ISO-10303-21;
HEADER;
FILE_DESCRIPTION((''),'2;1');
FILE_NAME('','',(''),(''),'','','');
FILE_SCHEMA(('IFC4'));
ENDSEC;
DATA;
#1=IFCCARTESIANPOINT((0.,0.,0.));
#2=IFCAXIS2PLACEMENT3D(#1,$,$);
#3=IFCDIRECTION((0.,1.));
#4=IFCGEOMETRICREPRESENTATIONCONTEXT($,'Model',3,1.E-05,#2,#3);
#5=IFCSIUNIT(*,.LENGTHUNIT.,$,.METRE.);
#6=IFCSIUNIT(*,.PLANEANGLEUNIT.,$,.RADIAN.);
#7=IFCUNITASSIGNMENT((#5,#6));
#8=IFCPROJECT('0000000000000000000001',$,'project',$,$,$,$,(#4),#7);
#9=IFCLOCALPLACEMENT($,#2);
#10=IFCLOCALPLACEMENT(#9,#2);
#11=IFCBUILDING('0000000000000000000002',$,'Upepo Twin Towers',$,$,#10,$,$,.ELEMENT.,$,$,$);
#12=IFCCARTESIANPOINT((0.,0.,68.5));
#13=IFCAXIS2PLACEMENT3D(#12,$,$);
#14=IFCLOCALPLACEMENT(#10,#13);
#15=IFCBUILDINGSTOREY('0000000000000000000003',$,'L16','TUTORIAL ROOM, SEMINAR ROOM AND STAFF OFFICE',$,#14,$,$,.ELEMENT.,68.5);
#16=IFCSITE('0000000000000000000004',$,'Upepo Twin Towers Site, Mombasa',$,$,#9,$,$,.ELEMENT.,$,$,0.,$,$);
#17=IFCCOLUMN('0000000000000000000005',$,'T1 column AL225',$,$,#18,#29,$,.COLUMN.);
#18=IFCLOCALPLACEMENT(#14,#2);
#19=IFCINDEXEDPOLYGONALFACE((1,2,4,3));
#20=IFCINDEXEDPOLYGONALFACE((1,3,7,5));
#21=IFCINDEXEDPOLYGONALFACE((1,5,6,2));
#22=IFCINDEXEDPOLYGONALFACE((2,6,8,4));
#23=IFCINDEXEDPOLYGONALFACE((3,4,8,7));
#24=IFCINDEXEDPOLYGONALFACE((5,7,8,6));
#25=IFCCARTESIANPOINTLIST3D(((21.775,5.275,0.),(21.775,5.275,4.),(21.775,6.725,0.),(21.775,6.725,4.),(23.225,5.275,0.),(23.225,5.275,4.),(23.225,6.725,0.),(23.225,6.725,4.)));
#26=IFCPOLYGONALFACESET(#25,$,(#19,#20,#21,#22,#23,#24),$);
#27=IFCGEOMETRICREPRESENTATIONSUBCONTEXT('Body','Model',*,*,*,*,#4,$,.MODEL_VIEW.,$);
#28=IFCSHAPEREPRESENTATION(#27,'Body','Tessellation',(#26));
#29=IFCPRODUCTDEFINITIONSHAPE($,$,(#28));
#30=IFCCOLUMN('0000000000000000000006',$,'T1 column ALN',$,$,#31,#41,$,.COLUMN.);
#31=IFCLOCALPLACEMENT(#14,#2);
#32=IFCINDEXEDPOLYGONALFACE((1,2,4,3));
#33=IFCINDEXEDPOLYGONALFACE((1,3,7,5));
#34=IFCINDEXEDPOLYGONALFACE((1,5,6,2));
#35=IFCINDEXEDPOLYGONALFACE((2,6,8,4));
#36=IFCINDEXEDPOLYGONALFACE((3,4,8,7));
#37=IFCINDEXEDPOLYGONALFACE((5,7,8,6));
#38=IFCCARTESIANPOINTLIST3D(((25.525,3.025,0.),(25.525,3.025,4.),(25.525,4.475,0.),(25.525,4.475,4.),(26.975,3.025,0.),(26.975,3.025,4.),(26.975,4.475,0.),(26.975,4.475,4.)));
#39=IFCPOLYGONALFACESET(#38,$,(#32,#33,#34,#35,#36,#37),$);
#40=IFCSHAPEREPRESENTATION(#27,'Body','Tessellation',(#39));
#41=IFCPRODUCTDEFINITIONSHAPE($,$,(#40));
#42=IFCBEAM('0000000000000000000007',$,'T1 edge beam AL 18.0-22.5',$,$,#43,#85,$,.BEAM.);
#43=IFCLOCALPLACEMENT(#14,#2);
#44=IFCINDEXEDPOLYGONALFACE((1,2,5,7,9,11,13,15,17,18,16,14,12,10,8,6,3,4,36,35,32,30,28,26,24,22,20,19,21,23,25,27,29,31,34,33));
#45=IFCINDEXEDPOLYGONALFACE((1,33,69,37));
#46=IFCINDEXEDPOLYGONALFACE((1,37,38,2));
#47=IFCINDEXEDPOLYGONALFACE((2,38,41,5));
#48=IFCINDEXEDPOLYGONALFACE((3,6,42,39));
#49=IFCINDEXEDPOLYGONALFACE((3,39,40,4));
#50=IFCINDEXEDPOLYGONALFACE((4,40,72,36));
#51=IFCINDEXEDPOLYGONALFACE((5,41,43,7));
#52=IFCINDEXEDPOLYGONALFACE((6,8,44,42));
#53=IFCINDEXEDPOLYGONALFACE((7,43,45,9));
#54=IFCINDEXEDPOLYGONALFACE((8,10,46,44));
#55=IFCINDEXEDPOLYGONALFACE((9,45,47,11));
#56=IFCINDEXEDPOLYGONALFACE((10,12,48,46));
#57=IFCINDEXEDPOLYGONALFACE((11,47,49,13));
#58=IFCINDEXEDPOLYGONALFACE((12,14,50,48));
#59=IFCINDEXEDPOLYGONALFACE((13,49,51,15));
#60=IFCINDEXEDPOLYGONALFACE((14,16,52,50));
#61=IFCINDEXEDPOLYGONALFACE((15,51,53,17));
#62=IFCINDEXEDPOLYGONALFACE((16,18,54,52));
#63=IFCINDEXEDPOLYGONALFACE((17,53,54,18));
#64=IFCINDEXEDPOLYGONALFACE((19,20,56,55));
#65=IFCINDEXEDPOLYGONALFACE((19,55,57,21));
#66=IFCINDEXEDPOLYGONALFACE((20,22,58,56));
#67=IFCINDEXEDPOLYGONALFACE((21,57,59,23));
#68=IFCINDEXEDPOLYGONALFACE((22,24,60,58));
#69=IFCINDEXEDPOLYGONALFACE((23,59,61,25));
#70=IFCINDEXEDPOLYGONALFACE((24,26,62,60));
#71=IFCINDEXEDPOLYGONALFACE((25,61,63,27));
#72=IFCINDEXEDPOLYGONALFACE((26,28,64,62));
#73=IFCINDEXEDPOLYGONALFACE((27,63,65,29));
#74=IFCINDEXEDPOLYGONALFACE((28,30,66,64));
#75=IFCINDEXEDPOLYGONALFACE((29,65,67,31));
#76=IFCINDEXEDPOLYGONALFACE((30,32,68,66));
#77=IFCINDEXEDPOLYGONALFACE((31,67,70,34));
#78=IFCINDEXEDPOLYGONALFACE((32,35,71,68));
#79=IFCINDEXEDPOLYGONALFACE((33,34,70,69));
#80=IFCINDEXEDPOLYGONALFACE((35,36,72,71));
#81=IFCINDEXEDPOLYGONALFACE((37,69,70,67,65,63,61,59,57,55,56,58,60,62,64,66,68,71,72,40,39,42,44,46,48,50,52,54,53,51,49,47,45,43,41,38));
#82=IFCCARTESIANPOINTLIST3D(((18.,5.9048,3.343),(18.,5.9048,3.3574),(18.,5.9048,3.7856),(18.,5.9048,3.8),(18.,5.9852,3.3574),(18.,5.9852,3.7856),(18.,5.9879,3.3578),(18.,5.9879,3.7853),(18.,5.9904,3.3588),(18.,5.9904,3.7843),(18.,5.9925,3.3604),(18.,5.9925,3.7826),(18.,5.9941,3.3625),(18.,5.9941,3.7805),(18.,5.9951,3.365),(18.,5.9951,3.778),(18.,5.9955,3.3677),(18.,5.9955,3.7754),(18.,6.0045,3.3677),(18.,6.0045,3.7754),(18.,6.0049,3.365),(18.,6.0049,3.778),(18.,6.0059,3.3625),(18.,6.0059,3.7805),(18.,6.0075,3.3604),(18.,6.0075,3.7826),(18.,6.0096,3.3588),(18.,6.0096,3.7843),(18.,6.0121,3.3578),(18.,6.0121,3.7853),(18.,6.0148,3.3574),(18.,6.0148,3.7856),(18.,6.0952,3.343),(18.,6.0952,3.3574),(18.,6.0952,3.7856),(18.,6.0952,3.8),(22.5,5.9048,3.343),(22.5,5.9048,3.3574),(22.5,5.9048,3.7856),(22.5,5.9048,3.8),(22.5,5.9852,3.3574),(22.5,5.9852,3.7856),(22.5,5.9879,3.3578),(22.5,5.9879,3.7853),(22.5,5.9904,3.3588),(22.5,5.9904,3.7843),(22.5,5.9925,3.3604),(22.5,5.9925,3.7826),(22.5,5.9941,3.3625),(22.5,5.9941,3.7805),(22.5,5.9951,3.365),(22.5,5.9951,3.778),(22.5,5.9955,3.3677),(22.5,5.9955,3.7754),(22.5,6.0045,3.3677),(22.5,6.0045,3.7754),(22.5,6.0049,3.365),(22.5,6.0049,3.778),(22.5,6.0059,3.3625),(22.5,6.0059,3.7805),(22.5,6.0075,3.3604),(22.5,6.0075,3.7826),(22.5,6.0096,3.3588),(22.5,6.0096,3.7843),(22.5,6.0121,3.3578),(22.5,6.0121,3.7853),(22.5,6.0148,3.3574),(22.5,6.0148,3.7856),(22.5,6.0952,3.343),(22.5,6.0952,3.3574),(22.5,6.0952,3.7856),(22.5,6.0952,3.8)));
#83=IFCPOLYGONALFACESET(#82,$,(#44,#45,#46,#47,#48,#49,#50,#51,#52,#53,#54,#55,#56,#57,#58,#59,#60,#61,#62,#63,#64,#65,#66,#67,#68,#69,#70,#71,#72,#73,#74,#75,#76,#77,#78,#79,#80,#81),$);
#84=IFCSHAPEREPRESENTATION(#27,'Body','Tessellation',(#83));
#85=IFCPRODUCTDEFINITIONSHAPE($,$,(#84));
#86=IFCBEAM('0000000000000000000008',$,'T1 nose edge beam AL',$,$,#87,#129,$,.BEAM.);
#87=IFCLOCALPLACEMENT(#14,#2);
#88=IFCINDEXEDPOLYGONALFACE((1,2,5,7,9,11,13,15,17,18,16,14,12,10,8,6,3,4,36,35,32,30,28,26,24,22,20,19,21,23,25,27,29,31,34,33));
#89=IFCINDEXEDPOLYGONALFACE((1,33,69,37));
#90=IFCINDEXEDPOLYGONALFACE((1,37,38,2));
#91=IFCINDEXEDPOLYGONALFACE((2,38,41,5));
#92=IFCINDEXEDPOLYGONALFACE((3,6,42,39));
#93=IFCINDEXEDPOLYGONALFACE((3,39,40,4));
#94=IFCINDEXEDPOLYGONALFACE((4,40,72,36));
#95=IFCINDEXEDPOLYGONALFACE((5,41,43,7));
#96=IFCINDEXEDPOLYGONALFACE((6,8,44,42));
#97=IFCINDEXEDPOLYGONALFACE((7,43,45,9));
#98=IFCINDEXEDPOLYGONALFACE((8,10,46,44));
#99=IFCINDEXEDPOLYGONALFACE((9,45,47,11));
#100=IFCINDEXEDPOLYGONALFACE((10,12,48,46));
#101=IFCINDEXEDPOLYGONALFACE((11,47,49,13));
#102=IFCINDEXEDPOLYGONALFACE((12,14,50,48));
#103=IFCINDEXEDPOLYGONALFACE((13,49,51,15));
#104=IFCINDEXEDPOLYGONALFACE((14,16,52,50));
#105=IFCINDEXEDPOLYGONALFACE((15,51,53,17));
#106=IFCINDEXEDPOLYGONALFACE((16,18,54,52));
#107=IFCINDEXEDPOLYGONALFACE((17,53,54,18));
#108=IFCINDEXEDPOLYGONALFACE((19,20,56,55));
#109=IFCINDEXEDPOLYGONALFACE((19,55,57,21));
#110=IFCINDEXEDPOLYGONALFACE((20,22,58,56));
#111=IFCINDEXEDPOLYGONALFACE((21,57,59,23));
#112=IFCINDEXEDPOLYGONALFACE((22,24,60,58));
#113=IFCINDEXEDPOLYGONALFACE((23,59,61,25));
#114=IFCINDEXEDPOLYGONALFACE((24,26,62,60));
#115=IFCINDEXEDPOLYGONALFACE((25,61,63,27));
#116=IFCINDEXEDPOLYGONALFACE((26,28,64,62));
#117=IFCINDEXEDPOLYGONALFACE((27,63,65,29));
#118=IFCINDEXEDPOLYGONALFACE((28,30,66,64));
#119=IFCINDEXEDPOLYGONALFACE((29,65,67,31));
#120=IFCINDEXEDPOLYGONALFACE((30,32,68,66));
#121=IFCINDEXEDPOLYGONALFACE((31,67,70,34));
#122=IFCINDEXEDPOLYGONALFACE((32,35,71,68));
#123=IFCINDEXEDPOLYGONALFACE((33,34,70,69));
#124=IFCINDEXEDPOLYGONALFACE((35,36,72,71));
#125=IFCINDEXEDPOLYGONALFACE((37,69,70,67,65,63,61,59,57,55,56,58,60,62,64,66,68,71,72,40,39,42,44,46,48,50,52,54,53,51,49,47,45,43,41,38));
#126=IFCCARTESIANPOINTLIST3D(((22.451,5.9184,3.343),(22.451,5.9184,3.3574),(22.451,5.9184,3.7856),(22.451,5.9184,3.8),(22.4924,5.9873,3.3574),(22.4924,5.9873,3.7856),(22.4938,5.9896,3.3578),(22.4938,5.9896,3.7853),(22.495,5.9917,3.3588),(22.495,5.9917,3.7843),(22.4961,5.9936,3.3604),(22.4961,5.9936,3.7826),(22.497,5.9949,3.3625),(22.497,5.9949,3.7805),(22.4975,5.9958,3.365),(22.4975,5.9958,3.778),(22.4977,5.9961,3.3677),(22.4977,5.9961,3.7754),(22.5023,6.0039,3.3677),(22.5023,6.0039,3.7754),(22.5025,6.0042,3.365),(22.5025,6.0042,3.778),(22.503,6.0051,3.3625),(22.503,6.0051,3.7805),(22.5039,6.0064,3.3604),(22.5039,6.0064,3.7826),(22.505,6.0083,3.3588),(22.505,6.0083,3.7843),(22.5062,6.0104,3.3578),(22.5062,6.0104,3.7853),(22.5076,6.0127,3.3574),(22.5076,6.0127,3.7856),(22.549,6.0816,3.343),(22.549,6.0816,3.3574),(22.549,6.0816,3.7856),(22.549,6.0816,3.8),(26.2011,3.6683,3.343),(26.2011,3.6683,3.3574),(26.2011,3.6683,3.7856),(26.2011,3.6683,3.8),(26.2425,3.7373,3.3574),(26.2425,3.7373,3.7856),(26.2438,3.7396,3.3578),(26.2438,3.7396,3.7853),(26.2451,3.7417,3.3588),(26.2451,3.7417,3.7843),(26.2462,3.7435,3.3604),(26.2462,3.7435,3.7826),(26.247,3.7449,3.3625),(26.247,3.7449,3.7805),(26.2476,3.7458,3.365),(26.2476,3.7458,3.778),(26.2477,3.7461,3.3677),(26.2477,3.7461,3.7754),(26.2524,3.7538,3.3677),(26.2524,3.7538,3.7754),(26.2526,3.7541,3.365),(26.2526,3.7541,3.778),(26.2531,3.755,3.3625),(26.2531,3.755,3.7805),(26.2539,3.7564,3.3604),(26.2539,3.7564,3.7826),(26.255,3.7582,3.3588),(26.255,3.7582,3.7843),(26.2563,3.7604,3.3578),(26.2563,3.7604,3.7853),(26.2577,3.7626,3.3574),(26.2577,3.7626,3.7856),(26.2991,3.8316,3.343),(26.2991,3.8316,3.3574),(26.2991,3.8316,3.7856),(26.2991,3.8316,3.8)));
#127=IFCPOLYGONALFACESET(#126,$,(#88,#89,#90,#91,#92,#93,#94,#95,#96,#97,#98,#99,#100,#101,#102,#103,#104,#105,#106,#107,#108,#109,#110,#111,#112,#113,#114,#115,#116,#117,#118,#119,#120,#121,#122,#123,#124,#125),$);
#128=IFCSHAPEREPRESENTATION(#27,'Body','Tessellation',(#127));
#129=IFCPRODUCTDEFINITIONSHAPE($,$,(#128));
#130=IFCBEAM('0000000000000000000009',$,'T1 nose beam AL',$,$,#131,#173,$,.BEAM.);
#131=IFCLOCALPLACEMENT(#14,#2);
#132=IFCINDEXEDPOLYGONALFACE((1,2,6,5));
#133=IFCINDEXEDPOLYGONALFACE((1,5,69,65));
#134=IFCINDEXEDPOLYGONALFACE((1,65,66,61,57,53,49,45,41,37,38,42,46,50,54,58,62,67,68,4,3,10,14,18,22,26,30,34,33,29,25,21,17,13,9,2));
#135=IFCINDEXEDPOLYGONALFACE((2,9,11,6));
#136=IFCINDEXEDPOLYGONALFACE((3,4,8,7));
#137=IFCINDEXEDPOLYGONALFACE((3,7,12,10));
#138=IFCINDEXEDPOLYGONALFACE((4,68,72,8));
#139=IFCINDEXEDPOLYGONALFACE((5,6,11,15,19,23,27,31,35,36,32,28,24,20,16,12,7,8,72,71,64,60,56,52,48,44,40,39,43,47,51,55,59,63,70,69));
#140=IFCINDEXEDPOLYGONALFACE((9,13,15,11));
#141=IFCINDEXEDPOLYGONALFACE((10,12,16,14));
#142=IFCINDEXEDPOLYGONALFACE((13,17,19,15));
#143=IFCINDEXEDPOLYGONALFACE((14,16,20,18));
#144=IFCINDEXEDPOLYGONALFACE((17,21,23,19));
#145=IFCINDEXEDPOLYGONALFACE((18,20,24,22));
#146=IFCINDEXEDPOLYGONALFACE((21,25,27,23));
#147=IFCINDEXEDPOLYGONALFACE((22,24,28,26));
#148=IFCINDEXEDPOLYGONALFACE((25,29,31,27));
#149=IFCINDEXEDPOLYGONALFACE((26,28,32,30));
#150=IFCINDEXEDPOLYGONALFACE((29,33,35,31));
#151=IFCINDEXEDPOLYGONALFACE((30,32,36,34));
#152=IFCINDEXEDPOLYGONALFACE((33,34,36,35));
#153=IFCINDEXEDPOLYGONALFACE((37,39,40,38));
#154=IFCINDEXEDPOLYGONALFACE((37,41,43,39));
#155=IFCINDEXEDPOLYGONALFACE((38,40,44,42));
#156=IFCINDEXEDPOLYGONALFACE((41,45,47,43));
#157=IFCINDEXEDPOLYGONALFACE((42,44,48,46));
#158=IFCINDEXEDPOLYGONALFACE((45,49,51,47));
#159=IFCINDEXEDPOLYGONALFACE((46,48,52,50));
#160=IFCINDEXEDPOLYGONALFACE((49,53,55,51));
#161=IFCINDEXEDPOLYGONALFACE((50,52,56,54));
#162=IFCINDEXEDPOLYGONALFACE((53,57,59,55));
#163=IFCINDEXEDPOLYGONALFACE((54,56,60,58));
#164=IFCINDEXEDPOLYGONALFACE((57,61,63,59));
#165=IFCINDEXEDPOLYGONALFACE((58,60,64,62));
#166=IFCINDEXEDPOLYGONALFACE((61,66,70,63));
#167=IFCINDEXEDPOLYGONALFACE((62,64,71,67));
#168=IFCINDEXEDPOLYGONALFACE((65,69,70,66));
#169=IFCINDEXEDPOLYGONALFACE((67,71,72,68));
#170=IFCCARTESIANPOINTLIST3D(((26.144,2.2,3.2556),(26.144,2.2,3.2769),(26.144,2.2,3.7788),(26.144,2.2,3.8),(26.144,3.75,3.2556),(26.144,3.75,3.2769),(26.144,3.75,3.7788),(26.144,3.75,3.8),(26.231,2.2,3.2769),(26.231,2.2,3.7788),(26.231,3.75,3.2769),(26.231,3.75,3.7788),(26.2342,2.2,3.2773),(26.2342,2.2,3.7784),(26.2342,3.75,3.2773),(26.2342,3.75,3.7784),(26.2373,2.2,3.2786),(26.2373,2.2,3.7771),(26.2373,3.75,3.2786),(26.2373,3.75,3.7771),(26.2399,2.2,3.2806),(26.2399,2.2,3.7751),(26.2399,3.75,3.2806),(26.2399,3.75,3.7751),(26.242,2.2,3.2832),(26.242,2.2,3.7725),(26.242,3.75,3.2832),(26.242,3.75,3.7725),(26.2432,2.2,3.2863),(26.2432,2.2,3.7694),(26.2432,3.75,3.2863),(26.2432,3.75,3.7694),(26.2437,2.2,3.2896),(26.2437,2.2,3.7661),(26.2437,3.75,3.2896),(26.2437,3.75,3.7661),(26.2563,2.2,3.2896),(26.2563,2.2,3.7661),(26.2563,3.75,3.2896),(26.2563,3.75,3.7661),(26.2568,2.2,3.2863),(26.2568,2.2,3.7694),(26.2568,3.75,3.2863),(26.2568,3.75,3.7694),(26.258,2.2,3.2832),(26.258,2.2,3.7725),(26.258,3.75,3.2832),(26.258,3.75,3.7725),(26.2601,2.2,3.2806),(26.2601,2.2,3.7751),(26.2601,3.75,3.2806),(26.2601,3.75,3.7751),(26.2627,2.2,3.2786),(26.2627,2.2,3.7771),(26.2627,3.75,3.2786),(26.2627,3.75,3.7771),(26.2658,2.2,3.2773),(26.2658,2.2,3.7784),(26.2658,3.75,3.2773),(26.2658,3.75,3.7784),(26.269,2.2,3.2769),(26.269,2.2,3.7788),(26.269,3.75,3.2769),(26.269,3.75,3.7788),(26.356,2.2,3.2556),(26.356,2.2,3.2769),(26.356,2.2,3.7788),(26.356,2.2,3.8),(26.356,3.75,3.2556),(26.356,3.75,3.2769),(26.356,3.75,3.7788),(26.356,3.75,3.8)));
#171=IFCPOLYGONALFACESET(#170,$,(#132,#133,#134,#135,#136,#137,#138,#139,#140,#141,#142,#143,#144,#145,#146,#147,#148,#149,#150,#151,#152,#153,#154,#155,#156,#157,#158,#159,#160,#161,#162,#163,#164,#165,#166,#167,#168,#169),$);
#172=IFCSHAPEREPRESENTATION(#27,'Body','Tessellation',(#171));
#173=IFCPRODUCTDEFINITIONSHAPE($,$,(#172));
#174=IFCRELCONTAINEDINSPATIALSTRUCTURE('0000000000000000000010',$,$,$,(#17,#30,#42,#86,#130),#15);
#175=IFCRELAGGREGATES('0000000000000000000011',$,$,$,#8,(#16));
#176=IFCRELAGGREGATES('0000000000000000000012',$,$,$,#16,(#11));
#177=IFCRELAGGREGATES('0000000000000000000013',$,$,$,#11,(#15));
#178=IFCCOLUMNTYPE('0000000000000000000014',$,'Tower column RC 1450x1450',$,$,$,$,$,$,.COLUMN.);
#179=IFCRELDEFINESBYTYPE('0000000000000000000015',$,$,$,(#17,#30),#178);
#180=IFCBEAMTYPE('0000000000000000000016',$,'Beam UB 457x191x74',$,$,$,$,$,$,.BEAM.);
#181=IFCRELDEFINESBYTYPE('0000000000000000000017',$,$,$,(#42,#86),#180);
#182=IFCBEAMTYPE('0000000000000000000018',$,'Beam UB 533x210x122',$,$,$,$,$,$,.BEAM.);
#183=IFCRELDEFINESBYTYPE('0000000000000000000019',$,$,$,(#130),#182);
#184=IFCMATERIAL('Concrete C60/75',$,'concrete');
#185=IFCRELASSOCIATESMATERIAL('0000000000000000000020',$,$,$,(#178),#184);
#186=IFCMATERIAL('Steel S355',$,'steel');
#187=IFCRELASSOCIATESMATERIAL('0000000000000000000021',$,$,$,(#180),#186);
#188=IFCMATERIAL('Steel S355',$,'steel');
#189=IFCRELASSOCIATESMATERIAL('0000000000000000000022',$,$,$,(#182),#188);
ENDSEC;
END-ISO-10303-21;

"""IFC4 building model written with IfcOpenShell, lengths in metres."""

from ifc_helpers import new_model, si_unit, direction, frame, origin, origin_2d, place, context, subcontext, project, spatial, rectangle, i_section, extrude, material, material_profile, profile_set, type_object, element, save


model = new_model("IFC4")

# Units and contexts
model_context = context("Model", 3, precision=1e-05, world=origin(), true_north=direction((0.0, 1.0)))
body_context = subcontext(model_context, "Body", "Model", "MODEL_VIEW")
ifc_project = project(units=[si_unit("LENGTHUNIT", "METRE"), si_unit("PLANEANGLEUNIT", "RADIAN")], contexts=[model_context])

# Site, building, storey
site_placement = place(None, origin())
site = spatial("IfcSite", under=ifc_project, at=site_placement, Name="Upepo Twin Towers Site, Mombasa", CompositionType="ELEMENT", RefElevation=0.0)
building_placement = place(site_placement, origin())
building = spatial("IfcBuilding", under=site, at=building_placement, Name="Upepo Twin Towers", CompositionType="ELEMENT")
storey_placement = place(building_placement, frame((0.0, 0.0, 68.5)))
storey = spatial("IfcBuildingStorey", under=building, at=storey_placement, Name="L16", Description="TUTORIAL ROOM, SEMINAR ROOM AND STAFF OFFICE", CompositionType="ELEMENT", Elevation=68.5)

# Columns
ifc_material_1 = material(Name="Concrete C60/75", Category="concrete")
ifc_material_profile_1 = material_profile(ifc_material_1, rectangle(XDim=1.45, YDim=1.45, at=origin_2d()), Name="RC 1450x1450")
ifc_profile_set_1 = profile_set([ifc_material_profile_1], Name="Concrete C60/75")
column_type = type_object("IfcColumnType", Name="Tower column RC 1450x1450", PredefinedType="COLUMN", material=ifc_profile_set_1)
for number, where, z_axis, x_axis, name in (
    (1, (22.5, 6.0, 0.0), (0.0, 0.0, 1.0), (1.0, 0.0, 0.0), "T1 column AL225"),
    (2, (26.25, 3.75, 0.0), (0.0, 0.0, 1.0), (1.0, 0.0, 0.0), "T1 column ALN"),
):
    element("IfcColumn", number, at=place(storey_placement, frame(where, z_axis=z_axis, x_axis=x_axis)), inside=storey, type_object=column_type, Name=name, PredefinedType="COLUMN", context=body_context, shape_type="SweptSolid", body=[
        extrude(rectangle(XDim=1.45, YDim=1.45, at=origin_2d()), origin(), (0.0, 0.0, 1.0), 4.0),
    ])

# Beams
ifc_material_2 = material(Name="Steel S355", Category="steel")
ifc_material_profile_2 = material_profile(ifc_material_2, i_section(OverallWidth=0.1904, OverallDepth=0.457, WebThickness=0.009, FlangeThickness=0.0144, FilletRadius=0.0103, at=origin_2d()), Name="UB 457x191x74")
ifc_profile_set_2 = profile_set([ifc_material_profile_2], Name="Steel S355")
beam_type_1 = type_object("IfcBeamType", Name="Beam UB 457x191x74", PredefinedType="BEAM", material=ifc_profile_set_2)
beam_1_placement = place(storey_placement, frame((18.0, 6.0, 3.5715), z_axis=(1.0, 0.0, 0.0), x_axis=(0.0, 1.0, 0.0)))
element("IfcBeam", 3, at=beam_1_placement, inside=storey, type_object=beam_type_1, Name="T1 edge beam AL 18.0-22.5", PredefinedType="BEAM", context=body_context, shape_type="SweptSolid", body=[
    extrude(i_section(OverallWidth=0.1904, OverallDepth=0.457, WebThickness=0.009, FlangeThickness=0.0144, FilletRadius=0.0103, at=origin_2d()), origin(), (0.0, 0.0, 1.0), 4.5),
])
beam_2_placement = place(storey_placement, frame((22.5, 6.0, 3.5715), z_axis=(0.857493, -0.514496, 0.0), x_axis=(0.514496, 0.857493, 0.0)))
element("IfcBeam", 4, at=beam_2_placement, inside=storey, type_object=beam_type_1, Name="T1 nose edge beam AL", PredefinedType="BEAM", context=body_context, shape_type="SweptSolid", body=[
    extrude(i_section(OverallWidth=0.1904, OverallDepth=0.457, WebThickness=0.009, FlangeThickness=0.0144, FilletRadius=0.0103, at=origin_2d()), origin(), (0.0, 0.0, 1.0), 4.3733),
])
ifc_material_3 = material(Name="Steel S355", Category="steel")
ifc_material_profile_3 = material_profile(ifc_material_3, i_section(OverallWidth=0.2119, OverallDepth=0.5444, WebThickness=0.0127, FlangeThickness=0.0212, FilletRadius=0.0127, at=origin_2d()), Name="UB 533x210x122")
ifc_profile_set_3 = profile_set([ifc_material_profile_3], Name="Steel S355")
beam_type_2 = type_object("IfcBeamType", Name="Beam UB 533x210x122", PredefinedType="BEAM", material=ifc_profile_set_3)
beam_3_placement = place(storey_placement, frame((26.25, 3.75, 3.5278), z_axis=(0.0, -1.0, 0.0), x_axis=(1.0, 0.0, 0.0)))
element("IfcBeam", 5, at=beam_3_placement, inside=storey, type_object=beam_type_2, Name="T1 nose beam AL", PredefinedType="BEAM", context=body_context, shape_type="SweptSolid", body=[
    extrude(i_section(OverallWidth=0.2119, OverallDepth=0.5444, WebThickness=0.0127, FlangeThickness=0.0212, FilletRadius=0.0127, at=origin_2d()), origin(), (0.0, 0.0, 1.0), 1.55),
])

save(model, "model.ifc")
